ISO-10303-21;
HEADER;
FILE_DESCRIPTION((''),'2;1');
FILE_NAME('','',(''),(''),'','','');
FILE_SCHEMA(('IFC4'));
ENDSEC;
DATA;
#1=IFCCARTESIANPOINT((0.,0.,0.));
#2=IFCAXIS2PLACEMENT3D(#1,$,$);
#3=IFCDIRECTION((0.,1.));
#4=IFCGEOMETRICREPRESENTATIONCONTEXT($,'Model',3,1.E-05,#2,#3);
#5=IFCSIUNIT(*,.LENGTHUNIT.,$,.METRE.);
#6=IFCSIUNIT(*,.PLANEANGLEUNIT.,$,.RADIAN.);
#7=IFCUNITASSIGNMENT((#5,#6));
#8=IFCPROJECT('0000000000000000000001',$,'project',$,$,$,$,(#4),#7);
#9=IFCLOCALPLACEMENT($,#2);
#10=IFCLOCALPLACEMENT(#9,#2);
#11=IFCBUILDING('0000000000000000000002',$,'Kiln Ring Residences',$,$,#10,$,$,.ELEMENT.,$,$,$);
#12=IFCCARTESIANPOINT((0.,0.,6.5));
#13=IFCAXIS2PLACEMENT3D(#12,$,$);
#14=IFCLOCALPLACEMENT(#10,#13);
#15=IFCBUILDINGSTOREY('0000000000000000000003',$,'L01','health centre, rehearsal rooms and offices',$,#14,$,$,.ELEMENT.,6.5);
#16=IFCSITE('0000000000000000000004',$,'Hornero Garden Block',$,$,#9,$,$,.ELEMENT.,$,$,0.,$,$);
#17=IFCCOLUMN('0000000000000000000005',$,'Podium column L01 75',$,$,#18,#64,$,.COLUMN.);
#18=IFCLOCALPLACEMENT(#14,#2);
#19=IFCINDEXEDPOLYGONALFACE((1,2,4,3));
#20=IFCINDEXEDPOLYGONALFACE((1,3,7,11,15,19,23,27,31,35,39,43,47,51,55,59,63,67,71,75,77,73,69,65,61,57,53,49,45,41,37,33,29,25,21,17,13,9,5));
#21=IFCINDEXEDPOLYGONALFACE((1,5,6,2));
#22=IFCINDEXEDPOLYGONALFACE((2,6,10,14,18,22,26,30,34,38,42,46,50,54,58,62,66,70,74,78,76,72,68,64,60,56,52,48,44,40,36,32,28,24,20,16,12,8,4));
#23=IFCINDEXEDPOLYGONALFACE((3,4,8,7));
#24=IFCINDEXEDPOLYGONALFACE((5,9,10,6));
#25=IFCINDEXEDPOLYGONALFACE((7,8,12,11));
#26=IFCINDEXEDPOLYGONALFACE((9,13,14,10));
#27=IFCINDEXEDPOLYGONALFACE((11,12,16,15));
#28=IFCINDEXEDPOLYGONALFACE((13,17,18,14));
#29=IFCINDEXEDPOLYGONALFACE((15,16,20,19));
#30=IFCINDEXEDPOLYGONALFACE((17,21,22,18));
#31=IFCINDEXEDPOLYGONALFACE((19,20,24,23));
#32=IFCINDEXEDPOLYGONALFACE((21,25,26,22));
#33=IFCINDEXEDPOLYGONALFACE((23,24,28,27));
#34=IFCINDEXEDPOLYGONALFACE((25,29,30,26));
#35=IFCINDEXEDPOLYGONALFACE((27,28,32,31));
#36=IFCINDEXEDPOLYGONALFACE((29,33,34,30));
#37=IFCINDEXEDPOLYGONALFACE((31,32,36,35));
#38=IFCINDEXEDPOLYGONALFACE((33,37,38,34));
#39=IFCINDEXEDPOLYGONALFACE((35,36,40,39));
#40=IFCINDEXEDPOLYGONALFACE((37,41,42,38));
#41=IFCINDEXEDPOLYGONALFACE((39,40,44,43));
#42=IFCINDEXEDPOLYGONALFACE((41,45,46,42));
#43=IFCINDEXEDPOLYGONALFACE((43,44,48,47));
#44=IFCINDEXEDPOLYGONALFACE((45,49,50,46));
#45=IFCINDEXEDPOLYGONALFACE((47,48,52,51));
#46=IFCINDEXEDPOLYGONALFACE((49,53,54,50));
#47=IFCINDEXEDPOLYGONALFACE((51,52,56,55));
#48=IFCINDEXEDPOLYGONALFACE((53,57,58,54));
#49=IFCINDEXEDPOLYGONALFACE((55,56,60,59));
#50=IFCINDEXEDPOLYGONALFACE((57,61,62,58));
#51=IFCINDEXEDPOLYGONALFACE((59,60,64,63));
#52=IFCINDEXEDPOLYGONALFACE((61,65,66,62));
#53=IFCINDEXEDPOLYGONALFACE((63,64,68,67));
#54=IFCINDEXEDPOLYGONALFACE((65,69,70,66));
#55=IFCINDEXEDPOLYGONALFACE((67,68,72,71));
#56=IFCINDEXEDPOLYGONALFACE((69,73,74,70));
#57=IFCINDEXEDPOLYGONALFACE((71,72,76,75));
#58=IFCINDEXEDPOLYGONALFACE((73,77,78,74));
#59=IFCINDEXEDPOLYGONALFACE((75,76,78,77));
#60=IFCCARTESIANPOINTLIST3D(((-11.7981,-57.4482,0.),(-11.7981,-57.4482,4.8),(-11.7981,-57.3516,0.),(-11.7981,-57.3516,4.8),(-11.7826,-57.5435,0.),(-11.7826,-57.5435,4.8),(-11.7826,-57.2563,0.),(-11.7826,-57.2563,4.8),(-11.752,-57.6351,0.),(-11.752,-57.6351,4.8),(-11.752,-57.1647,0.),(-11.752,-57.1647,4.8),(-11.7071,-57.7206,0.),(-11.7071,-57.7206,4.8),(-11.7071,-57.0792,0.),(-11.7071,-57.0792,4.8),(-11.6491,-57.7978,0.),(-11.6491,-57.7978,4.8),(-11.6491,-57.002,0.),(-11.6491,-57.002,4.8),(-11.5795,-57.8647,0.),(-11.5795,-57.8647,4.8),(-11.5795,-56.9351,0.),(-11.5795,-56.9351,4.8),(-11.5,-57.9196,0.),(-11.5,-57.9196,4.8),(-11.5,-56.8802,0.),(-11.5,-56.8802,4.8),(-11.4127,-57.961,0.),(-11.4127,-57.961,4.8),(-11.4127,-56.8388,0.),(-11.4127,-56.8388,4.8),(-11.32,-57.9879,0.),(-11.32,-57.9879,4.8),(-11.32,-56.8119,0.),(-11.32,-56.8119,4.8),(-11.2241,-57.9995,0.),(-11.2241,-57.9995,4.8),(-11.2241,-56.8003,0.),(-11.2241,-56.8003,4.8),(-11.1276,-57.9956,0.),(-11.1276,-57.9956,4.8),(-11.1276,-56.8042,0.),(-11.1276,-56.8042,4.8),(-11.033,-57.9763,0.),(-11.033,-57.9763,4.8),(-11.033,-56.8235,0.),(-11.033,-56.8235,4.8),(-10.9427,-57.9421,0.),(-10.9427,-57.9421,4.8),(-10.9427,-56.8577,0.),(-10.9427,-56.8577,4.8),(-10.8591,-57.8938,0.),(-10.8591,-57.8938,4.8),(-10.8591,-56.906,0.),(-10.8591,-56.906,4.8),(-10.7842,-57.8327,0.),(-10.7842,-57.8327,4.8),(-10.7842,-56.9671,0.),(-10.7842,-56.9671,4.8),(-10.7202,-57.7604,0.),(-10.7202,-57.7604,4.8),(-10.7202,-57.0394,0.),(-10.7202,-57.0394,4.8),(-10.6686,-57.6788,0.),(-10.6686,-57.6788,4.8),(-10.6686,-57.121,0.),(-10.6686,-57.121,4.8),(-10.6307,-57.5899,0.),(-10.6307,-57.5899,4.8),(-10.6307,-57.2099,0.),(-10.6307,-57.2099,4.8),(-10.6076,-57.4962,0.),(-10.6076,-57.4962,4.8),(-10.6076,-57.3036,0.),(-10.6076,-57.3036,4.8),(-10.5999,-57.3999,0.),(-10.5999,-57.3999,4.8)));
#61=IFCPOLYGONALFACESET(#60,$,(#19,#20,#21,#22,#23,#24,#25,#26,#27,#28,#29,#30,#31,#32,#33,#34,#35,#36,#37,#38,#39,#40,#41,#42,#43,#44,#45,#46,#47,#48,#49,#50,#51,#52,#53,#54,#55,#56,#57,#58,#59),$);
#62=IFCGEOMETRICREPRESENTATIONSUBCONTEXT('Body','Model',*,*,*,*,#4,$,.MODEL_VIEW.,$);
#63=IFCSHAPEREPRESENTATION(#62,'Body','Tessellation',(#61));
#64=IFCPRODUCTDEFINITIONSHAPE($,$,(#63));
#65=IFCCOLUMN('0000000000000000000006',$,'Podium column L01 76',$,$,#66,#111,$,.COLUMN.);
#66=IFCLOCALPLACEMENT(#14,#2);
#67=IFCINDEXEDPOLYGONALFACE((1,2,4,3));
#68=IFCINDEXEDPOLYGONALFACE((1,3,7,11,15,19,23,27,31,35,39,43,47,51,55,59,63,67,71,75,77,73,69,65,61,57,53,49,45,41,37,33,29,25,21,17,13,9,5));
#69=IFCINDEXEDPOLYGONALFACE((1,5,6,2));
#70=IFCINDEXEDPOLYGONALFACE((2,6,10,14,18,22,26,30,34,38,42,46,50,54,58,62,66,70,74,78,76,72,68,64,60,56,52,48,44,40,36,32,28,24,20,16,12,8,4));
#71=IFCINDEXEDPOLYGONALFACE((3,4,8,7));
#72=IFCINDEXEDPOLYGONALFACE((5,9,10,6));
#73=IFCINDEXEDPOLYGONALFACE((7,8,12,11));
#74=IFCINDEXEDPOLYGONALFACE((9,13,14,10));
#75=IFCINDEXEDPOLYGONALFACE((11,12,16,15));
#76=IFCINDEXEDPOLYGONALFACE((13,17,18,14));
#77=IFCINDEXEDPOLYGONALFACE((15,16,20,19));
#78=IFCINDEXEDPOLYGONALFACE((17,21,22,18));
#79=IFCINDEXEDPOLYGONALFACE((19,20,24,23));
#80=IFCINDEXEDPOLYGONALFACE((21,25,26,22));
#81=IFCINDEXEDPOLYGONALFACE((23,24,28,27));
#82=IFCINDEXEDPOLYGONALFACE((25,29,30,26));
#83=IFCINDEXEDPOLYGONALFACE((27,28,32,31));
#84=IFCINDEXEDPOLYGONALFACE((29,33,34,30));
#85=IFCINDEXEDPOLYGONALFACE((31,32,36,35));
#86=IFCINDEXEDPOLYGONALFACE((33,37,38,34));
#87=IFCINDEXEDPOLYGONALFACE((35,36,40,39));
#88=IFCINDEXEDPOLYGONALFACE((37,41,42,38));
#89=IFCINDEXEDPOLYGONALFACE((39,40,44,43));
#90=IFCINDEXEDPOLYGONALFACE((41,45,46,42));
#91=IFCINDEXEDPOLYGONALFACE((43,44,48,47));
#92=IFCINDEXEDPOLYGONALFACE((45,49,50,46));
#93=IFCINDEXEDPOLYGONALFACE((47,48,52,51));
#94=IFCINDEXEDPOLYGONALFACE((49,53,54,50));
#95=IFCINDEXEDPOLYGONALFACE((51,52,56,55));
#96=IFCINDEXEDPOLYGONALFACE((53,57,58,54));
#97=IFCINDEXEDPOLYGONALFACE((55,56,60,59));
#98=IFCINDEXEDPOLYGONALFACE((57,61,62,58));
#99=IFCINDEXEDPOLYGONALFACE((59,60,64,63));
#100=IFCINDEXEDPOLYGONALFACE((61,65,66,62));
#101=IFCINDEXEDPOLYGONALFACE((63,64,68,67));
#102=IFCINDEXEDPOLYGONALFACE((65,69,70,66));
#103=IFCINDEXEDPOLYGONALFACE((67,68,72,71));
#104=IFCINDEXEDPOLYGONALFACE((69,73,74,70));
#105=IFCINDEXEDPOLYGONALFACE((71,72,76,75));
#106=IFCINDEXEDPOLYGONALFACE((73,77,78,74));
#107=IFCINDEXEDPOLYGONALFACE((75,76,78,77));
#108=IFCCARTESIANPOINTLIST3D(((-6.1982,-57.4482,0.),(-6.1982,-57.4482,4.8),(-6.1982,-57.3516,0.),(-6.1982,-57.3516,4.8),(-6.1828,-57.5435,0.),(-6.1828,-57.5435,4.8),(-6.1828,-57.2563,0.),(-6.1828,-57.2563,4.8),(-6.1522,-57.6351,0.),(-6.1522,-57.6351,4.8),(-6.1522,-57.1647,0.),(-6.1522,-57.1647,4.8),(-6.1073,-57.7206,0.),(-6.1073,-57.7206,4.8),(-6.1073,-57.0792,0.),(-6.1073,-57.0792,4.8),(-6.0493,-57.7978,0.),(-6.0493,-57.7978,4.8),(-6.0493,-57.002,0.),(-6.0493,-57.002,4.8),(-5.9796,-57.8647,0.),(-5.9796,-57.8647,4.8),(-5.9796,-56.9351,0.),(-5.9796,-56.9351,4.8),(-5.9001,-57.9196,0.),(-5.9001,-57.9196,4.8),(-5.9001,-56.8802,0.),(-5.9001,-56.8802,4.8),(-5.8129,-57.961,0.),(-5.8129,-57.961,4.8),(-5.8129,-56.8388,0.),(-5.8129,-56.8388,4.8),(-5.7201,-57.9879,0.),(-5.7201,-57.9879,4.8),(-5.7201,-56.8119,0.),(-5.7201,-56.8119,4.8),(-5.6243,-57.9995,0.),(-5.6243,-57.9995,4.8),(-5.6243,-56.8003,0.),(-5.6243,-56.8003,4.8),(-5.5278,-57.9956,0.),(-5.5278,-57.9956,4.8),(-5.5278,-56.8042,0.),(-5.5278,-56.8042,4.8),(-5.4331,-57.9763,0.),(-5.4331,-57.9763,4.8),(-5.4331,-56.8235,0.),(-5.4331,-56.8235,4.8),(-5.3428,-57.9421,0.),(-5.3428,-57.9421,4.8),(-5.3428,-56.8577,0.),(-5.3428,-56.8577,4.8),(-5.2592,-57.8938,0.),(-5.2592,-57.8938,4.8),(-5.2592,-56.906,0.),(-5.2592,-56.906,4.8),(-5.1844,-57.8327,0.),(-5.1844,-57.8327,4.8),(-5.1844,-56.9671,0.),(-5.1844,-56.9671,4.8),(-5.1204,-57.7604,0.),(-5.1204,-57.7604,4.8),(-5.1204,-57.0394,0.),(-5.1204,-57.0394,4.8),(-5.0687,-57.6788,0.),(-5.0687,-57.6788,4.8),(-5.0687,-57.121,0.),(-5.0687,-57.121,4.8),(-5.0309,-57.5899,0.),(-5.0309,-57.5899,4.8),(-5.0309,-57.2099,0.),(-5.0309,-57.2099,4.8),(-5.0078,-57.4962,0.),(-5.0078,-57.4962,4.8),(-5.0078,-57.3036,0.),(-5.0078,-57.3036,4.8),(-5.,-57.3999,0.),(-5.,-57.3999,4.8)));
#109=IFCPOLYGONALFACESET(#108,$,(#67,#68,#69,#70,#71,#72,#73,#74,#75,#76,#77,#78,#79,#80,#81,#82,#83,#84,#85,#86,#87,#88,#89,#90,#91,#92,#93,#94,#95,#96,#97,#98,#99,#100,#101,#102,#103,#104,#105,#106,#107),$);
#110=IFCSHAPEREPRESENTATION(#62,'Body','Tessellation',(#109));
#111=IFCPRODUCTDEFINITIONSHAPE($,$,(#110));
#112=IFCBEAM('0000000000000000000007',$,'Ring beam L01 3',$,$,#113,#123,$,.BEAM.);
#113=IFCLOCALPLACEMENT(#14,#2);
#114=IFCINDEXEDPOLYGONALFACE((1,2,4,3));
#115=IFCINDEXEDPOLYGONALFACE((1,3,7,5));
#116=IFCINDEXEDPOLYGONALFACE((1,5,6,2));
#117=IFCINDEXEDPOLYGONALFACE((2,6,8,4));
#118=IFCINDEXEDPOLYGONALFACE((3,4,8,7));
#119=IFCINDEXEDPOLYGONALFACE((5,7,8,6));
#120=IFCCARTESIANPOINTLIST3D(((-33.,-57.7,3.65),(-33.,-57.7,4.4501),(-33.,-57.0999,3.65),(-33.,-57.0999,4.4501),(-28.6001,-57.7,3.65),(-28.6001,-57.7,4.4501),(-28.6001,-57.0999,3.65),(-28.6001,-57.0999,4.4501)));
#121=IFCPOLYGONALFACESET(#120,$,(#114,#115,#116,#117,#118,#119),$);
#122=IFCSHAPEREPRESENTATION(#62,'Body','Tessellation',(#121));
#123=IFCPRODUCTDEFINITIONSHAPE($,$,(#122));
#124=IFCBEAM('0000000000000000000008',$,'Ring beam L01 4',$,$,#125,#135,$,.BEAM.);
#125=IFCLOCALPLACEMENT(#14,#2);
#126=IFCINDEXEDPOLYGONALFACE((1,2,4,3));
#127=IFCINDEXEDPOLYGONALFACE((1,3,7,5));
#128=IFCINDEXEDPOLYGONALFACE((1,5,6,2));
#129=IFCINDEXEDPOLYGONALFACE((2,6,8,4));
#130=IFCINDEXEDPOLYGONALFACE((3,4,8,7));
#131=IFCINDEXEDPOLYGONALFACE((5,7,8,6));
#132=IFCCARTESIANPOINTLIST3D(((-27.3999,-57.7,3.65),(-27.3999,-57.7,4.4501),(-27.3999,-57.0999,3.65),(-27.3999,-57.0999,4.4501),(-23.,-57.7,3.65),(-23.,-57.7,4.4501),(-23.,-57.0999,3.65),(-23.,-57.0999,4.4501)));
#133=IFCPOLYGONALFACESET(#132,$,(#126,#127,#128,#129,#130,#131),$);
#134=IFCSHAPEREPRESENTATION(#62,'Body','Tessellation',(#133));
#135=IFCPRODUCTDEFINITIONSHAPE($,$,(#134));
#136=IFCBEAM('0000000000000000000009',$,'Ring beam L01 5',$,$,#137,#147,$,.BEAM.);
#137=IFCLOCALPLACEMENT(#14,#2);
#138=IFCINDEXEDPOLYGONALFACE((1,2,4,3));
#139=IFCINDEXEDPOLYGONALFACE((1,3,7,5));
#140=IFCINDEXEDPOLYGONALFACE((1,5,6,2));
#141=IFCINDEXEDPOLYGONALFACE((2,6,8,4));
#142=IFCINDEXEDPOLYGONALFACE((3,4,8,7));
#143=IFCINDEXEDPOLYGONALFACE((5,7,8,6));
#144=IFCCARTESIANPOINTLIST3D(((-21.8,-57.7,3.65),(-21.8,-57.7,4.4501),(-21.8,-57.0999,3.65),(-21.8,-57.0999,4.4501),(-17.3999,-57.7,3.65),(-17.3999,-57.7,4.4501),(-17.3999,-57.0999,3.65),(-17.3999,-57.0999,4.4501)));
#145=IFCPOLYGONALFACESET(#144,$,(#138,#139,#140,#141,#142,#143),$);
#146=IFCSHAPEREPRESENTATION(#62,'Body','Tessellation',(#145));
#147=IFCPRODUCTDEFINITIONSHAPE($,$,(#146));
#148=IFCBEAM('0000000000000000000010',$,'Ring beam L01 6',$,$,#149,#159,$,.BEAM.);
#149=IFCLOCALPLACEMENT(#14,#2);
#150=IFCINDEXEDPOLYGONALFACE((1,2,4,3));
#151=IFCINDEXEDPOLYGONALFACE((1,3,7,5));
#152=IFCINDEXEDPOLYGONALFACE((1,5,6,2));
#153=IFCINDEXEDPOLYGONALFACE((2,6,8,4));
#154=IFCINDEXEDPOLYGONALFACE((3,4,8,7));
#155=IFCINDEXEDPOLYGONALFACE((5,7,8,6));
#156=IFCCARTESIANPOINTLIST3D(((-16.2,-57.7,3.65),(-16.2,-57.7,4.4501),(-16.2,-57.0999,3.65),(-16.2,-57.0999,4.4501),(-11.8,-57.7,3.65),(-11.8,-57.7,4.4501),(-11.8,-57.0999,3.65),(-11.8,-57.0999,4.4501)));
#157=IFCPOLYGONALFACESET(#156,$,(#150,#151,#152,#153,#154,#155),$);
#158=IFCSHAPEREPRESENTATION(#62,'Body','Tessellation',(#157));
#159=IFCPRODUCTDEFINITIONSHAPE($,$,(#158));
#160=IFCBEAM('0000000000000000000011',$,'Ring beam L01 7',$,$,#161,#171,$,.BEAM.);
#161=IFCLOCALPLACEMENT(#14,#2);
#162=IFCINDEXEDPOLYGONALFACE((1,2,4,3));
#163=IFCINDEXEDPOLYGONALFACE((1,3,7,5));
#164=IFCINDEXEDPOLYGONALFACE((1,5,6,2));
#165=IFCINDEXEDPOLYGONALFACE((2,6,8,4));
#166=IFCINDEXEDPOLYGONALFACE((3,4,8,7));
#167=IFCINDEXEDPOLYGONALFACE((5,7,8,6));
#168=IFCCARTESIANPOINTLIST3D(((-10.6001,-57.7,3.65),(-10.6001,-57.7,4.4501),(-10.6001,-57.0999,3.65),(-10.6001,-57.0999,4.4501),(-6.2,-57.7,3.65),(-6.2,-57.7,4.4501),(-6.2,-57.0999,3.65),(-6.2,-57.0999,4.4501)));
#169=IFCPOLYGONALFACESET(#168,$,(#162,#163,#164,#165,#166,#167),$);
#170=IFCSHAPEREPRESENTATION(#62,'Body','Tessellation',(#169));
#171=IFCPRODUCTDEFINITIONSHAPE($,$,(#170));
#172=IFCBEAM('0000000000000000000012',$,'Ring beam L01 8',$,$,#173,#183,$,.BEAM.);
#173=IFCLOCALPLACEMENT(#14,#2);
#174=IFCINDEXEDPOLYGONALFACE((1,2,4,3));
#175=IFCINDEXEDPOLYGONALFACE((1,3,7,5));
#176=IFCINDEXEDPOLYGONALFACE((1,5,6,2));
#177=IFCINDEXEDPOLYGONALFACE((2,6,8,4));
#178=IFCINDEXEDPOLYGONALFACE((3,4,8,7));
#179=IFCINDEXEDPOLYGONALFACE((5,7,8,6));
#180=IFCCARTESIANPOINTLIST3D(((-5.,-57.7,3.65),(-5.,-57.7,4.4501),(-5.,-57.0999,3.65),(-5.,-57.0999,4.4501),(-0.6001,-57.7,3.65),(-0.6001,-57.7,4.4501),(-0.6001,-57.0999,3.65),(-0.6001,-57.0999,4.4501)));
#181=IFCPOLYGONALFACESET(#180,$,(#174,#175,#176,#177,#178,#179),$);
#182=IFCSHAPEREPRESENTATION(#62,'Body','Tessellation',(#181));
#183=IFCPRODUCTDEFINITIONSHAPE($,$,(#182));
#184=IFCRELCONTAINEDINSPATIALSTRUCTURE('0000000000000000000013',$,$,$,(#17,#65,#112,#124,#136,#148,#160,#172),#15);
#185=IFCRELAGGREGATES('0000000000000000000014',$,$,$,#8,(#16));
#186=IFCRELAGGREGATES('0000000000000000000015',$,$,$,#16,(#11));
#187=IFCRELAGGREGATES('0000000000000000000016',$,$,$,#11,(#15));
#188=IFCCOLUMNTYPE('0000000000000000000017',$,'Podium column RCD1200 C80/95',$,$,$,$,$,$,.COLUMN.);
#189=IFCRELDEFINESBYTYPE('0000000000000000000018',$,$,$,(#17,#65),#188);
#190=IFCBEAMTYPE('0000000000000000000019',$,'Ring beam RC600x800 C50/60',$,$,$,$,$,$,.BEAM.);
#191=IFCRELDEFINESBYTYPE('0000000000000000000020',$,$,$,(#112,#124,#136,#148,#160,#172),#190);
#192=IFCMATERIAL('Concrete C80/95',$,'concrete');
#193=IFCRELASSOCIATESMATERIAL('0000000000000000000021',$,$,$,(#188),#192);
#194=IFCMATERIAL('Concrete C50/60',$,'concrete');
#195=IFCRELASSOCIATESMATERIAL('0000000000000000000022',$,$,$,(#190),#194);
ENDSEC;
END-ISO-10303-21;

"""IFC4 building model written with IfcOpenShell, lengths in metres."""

from ifc_helpers import new_model, si_unit, direction, frame, origin, origin_2d, place, context, subcontext, project, spatial, rectangle, circle, extrude, material, material_profile, profile_set, type_object, element, save


model = new_model("IFC4")

# Units and contexts
model_context = context("Model", 3, precision=1e-05, world=origin(), true_north=direction((0.0, 1.0)))
body_context = subcontext(model_context, "Body", "Model", "MODEL_VIEW")
ifc_project = project(units=[si_unit("LENGTHUNIT", "METRE"), si_unit("PLANEANGLEUNIT", "RADIAN")], contexts=[model_context])

# Site, building, storey
site_placement = place(None, origin())
site = spatial("IfcSite", under=ifc_project, at=site_placement, Name="Hornero Garden Block", CompositionType="ELEMENT", RefElevation=0.0)
building_placement = place(site_placement, origin())
building = spatial("IfcBuilding", under=site, at=building_placement, Name="Kiln Ring Residences", CompositionType="ELEMENT")
storey_placement = place(building_placement, frame((0.0, 0.0, 6.5)))
storey = spatial("IfcBuildingStorey", under=building, at=storey_placement, Name="L01", Description="health centre, rehearsal rooms and offices", CompositionType="ELEMENT", Elevation=6.5)

# Columns
ifc_material_1 = material(Name="Concrete C80/95", Category="concrete")
ifc_material_profile_1 = material_profile(ifc_material_1, circle(Radius=0.6001, at=origin_2d()), Name="RCD1200")
ifc_profile_set_1 = profile_set([ifc_material_profile_1], Name="Concrete C80/95")
column_type = type_object("IfcColumnType", Name="Podium column RCD1200 C80/95", PredefinedType="COLUMN", material=ifc_profile_set_1)
for number, where, z_axis, x_axis, name in (
    (1, (-11.2, -57.3999, 0.0), (0.0, 0.0, 1.0), (1.0, 0.0, 0.0), "Podium column L01 75"),
    (2, (-5.6001, -57.3999, 0.0), (0.0, 0.0, 1.0), (1.0, 0.0, 0.0), "Podium column L01 76"),
):
    element("IfcColumn", number, at=place(storey_placement, frame(where, z_axis=z_axis, x_axis=x_axis)), inside=storey, type_object=column_type, Name=name, PredefinedType="COLUMN", context=body_context, shape_type="SweptSolid", body=[
        extrude(circle(Radius=0.6001, at=origin_2d()), origin(), (0.0, 0.0, 1.0), 4.8),
    ])

# Beams
ifc_material_2 = material(Name="Concrete C50/60", Category="concrete")
ifc_material_profile_2 = material_profile(ifc_material_2, rectangle(XDim=0.6001, YDim=0.8, at=origin_2d()), Name="RC600x800")
ifc_profile_set_2 = profile_set([ifc_material_profile_2], Name="Concrete C50/60")
beam_type = type_object("IfcBeamType", Name="Ring beam RC600x800 C50/60", PredefinedType="BEAM", material=ifc_profile_set_2)
for number, where, z_axis, x_axis, name in (
    (3, (-33.0, -57.3999, 4.05), (1.0, 0.0, 0.0), (0.0, 1.0, 0.0), "Ring beam L01 3"),
    (4, (-27.3999, -57.3999, 4.05), (1.0, 0.0, 0.0), (0.0, 1.0, 0.0), "Ring beam L01 4"),
):
    element("IfcBeam", number, at=place(storey_placement, frame(where, z_axis=z_axis, x_axis=x_axis)), inside=storey, type_object=beam_type, Name=name, PredefinedType="BEAM", context=body_context, shape_type="SweptSolid", body=[
        extrude(rectangle(XDim=0.6001, YDim=0.8, at=origin_2d()), origin(), (0.0, 0.0, 1.0), 4.3999),
    ])
beam_1_placement = place(storey_placement, frame((-21.8, -57.3999, 4.05), z_axis=(1.0, 0.0, 0.0), x_axis=(0.0, 1.0, 0.0)))
element("IfcBeam", 5, at=beam_1_placement, inside=storey, type_object=beam_type, Name="Ring beam L01 5", PredefinedType="BEAM", context=body_context, shape_type="SweptSolid", body=[
    extrude(rectangle(XDim=0.6001, YDim=0.8, at=origin_2d()), origin(), (0.0, 0.0, 1.0), 4.4001),
])
beam_2_placement = place(storey_placement, frame((-16.2, -57.3999, 4.05), z_axis=(1.0, 0.0, 0.0), x_axis=(0.0, 1.0, 0.0)))
element("IfcBeam", 6, at=beam_2_placement, inside=storey, type_object=beam_type, Name="Ring beam L01 6", PredefinedType="BEAM", context=body_context, shape_type="SweptSolid", body=[
    extrude(rectangle(XDim=0.6001, YDim=0.8, at=origin_2d()), origin(), (0.0, 0.0, 1.0), 4.3999),
])
beam_3_placement = place(storey_placement, frame((-10.6001, -57.3999, 4.05), z_axis=(1.0, 0.0, 0.0), x_axis=(0.0, 1.0, 0.0)))
element("IfcBeam", 7, at=beam_3_placement, inside=storey, type_object=beam_type, Name="Ring beam L01 7", PredefinedType="BEAM", context=body_context, shape_type="SweptSolid", body=[
    extrude(rectangle(XDim=0.6001, YDim=0.8, at=origin_2d()), origin(), (0.0, 0.0, 1.0), 4.4001),
])
beam_4_placement = place(storey_placement, frame((-5.0, -57.3999, 4.05), z_axis=(1.0, 0.0, 0.0), x_axis=(0.0, 1.0, 0.0)))
element("IfcBeam", 8, at=beam_4_placement, inside=storey, type_object=beam_type, Name="Ring beam L01 8", PredefinedType="BEAM", context=body_context, shape_type="SweptSolid", body=[
    extrude(rectangle(XDim=0.6001, YDim=0.8, at=origin_2d()), origin(), (0.0, 0.0, 1.0), 4.3999),
])

save(model, "model.ifc")
